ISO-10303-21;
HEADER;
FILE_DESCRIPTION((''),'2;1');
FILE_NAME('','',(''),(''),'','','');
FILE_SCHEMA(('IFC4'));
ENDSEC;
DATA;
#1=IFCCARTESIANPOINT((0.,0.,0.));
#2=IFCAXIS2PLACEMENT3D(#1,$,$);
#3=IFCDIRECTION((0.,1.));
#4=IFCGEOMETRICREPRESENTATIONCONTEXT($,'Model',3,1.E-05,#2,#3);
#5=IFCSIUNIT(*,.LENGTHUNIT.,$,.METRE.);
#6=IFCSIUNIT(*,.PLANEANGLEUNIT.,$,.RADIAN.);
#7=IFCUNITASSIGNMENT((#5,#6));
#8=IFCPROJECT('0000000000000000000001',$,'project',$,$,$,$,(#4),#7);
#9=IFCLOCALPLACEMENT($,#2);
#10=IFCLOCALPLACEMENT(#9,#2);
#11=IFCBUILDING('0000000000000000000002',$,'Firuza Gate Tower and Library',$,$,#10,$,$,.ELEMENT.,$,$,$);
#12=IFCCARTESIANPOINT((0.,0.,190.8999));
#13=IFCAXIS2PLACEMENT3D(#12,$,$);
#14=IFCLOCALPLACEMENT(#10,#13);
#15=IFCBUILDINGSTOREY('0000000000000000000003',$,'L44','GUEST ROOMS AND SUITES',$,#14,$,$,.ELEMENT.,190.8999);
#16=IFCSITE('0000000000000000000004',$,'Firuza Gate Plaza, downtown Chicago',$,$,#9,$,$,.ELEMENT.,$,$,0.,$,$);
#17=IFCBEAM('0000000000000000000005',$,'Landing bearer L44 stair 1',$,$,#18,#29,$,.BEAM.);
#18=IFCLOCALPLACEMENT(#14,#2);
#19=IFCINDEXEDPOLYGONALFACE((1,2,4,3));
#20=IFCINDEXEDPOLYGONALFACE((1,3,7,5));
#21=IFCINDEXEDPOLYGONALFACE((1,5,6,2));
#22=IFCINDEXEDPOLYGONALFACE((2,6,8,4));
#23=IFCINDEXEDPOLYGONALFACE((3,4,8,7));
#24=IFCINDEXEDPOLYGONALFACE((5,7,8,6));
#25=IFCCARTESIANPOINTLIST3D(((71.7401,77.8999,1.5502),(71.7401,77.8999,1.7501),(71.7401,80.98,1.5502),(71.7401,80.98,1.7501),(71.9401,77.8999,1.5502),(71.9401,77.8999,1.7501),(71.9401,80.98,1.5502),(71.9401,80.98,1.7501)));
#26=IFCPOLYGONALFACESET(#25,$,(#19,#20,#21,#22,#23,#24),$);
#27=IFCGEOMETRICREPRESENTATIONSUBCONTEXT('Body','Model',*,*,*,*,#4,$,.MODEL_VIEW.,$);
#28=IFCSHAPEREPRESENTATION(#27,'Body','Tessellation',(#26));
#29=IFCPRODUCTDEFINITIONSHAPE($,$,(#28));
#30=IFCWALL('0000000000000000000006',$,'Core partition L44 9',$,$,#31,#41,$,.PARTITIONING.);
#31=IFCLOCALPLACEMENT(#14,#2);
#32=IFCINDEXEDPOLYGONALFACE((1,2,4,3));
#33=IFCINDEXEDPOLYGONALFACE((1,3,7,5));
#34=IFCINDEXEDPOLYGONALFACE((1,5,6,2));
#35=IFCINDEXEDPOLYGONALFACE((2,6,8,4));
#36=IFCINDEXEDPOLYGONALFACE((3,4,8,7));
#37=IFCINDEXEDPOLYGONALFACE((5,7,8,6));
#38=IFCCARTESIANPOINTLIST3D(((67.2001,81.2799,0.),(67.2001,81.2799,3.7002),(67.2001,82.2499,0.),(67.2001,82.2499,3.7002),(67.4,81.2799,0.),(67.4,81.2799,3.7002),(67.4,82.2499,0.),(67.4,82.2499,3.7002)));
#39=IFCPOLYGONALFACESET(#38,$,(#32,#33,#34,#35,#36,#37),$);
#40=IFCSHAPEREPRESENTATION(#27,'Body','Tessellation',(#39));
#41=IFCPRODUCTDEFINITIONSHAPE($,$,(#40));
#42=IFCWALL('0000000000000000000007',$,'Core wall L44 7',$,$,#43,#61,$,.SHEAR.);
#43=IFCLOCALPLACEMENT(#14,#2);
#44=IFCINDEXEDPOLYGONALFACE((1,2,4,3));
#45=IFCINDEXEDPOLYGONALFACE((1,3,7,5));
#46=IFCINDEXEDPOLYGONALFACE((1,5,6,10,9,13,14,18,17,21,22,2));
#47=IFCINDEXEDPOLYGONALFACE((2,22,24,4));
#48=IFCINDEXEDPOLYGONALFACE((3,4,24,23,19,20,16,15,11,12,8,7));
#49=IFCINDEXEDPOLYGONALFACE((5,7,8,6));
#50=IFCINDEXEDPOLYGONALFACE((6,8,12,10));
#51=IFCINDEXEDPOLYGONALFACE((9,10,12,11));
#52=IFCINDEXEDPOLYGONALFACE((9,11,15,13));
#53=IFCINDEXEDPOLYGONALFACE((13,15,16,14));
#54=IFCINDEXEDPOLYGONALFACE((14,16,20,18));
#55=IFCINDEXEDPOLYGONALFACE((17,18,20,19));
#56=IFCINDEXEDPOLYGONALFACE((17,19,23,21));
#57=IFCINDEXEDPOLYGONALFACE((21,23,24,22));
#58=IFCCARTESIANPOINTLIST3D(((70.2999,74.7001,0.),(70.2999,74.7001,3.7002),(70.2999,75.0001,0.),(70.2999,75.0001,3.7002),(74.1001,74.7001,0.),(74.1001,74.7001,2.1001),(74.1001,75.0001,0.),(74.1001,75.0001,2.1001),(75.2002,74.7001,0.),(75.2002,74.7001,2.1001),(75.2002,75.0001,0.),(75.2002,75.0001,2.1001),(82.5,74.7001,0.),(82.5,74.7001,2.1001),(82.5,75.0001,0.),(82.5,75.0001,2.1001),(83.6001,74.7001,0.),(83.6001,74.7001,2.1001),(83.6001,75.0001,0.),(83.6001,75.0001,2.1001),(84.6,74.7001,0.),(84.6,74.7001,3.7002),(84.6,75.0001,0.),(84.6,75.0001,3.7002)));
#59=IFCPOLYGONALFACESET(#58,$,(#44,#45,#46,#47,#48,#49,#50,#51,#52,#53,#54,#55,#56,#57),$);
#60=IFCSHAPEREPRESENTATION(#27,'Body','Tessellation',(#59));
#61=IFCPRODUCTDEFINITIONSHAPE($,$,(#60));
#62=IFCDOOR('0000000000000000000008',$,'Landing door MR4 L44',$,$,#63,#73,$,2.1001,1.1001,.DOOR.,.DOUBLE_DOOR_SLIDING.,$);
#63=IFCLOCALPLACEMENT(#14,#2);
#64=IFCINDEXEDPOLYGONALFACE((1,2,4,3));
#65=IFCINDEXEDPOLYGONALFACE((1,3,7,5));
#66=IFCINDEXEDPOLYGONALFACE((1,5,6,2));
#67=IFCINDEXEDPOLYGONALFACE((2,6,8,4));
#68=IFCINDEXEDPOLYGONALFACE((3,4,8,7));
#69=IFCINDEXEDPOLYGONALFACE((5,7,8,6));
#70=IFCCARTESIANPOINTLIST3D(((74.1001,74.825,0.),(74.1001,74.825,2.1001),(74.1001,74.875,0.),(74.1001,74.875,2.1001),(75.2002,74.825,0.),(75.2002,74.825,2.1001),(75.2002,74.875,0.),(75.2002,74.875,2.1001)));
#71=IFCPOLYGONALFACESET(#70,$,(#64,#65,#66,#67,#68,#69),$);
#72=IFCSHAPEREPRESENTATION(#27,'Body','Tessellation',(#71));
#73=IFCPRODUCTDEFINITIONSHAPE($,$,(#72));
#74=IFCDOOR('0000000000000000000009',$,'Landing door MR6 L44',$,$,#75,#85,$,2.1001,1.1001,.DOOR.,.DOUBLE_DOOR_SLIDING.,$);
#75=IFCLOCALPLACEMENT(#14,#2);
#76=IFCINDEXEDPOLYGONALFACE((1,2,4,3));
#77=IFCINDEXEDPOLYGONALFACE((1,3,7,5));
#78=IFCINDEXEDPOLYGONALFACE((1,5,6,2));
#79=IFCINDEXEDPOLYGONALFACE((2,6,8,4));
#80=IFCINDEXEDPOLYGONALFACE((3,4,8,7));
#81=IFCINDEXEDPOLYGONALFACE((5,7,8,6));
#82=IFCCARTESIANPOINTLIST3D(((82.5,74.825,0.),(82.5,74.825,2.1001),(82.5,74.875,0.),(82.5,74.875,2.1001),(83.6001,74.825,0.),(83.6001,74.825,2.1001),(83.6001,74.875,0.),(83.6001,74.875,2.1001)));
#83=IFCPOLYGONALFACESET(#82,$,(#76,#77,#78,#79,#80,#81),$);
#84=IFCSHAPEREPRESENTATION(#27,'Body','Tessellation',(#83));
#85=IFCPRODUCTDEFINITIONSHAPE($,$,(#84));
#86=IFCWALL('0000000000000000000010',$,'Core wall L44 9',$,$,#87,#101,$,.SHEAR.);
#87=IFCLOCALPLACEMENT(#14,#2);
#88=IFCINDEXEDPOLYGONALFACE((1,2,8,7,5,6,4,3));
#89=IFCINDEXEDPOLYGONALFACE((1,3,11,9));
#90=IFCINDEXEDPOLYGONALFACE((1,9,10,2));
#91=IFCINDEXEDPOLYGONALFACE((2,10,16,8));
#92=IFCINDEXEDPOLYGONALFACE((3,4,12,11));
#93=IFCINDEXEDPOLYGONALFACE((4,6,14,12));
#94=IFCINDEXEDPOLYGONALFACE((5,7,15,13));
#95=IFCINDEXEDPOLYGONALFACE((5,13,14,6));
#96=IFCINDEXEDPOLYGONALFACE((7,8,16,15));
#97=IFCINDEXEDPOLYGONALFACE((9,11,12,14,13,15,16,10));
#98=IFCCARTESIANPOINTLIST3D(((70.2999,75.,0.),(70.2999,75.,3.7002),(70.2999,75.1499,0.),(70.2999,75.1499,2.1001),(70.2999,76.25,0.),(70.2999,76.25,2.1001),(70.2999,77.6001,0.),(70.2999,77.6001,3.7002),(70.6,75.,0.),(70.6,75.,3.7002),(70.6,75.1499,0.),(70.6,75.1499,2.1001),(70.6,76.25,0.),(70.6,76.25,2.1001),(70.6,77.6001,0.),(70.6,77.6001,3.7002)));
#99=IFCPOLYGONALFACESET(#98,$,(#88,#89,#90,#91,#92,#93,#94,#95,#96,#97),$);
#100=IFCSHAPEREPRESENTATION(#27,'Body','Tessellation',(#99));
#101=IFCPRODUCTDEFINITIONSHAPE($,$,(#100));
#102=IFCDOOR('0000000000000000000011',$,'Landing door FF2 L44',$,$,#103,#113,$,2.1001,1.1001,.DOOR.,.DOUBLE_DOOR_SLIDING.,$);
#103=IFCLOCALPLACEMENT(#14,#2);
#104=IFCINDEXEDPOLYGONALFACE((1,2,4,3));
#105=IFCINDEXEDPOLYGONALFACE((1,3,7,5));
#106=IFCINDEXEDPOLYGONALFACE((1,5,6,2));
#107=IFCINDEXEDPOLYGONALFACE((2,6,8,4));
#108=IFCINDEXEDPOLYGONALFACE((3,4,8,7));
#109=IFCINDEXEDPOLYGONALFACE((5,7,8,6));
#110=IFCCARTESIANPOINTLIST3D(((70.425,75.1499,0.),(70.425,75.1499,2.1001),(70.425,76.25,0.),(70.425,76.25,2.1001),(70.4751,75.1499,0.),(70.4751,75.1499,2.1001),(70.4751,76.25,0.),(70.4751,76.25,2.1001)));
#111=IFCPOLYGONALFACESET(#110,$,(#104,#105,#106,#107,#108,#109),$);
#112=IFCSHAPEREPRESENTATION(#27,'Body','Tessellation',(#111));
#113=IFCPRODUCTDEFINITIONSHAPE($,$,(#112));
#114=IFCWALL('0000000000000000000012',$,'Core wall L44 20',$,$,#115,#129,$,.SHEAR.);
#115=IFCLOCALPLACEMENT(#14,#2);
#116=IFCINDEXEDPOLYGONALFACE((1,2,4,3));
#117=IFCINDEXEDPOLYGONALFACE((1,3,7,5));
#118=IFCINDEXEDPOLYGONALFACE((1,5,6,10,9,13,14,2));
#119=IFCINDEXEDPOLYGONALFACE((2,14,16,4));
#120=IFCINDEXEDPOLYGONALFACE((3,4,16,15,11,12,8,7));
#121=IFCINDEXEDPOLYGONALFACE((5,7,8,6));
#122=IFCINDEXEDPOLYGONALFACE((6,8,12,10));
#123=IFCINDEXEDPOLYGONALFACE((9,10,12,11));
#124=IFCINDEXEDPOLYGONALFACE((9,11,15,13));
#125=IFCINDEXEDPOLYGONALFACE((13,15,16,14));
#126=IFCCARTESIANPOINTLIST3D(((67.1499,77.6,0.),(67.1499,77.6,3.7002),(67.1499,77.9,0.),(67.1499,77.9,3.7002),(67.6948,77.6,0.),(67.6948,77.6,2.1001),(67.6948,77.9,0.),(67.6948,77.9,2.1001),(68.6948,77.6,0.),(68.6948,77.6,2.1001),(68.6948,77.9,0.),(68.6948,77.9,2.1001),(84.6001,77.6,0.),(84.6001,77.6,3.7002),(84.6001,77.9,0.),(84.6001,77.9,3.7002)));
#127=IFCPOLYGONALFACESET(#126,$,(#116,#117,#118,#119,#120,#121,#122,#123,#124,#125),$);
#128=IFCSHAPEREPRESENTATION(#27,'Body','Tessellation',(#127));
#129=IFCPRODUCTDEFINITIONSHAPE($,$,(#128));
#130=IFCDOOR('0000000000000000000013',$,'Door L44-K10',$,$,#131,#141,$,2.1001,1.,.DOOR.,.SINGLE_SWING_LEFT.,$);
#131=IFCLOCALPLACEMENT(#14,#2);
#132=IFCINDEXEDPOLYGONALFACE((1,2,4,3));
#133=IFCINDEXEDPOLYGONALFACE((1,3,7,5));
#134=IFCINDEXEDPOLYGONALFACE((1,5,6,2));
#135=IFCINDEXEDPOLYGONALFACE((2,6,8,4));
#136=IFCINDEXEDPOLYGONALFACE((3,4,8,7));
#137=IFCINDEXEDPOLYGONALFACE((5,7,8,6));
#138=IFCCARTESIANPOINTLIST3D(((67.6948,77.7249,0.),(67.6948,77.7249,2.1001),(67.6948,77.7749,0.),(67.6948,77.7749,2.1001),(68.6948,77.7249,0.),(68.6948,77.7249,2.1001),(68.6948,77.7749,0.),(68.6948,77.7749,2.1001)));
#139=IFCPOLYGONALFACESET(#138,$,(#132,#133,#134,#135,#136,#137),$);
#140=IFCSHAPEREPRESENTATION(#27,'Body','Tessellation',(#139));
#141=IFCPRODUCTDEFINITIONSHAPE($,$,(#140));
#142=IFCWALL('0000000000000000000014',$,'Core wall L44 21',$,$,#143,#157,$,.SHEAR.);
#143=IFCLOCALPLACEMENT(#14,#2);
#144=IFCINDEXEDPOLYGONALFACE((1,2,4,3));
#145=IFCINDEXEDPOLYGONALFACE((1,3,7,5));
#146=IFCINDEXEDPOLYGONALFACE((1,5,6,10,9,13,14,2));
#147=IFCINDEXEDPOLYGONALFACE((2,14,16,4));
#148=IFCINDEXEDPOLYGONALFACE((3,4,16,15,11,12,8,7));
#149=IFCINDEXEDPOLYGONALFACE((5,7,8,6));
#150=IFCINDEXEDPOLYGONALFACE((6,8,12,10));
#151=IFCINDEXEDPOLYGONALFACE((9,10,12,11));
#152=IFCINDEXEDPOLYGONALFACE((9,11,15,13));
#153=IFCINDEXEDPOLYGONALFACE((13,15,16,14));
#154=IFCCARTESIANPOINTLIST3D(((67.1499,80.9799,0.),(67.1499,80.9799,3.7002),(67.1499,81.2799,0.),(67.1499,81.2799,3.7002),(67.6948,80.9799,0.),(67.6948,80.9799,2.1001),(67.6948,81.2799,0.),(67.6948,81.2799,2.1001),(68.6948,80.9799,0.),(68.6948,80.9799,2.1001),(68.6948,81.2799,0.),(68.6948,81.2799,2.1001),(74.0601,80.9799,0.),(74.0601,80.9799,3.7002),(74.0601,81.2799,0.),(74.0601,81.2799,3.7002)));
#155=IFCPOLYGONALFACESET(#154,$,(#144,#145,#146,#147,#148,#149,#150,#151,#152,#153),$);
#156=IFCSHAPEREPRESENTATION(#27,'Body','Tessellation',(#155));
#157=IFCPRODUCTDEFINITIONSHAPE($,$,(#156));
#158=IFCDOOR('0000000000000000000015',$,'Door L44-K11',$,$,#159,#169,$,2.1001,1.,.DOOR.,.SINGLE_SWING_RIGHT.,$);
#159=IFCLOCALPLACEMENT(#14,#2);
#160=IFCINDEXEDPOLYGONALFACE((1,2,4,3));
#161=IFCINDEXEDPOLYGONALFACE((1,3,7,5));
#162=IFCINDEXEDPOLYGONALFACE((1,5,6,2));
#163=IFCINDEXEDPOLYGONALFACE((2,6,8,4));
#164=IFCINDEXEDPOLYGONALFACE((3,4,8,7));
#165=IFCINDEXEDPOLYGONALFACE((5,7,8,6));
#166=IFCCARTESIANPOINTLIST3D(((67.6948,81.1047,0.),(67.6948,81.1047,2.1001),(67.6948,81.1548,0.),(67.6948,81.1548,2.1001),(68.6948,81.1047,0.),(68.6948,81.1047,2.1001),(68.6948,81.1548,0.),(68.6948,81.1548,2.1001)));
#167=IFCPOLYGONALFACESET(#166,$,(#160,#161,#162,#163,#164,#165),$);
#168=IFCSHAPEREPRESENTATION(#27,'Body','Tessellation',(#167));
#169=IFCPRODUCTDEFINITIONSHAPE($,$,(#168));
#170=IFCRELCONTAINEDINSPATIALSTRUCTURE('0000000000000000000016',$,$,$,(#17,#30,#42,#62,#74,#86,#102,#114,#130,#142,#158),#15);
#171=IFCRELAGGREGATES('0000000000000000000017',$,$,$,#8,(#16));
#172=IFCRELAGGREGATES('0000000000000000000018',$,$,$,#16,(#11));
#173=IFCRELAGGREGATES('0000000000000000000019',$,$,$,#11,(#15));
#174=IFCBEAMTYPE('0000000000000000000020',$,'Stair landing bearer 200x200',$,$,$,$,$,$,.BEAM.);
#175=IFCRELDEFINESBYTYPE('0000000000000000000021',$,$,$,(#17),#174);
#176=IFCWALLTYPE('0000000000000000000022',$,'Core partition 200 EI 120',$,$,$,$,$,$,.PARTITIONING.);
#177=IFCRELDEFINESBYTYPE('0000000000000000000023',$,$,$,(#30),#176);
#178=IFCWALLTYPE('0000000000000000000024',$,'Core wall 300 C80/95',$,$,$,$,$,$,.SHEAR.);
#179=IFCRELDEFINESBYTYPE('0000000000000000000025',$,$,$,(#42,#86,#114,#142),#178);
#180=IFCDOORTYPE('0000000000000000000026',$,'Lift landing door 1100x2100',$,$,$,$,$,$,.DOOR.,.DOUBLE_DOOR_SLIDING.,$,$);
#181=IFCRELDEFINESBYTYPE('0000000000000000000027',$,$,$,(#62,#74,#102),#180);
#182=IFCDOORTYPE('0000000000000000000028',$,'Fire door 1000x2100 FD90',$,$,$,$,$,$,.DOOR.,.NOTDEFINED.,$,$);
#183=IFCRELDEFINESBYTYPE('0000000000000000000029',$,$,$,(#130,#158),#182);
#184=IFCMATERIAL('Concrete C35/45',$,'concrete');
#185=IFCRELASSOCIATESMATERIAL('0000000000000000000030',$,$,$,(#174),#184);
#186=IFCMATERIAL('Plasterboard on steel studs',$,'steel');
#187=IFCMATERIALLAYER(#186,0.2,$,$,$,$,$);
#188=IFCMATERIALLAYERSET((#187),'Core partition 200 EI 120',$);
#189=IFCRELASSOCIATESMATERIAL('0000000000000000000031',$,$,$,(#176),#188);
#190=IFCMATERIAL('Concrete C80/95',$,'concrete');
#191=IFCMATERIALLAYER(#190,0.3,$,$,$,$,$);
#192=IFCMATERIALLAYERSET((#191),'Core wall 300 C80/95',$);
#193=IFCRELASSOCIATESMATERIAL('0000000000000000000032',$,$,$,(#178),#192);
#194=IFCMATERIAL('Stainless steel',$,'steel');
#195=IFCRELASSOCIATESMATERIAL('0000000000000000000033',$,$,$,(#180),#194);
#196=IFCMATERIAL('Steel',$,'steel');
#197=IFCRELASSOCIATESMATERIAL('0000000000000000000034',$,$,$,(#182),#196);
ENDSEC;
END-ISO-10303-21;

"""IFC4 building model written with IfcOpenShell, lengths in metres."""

from ifc_helpers import new_model, si_unit, direction, frame, frame_2d, origin, origin_2d, place, context, subcontext, project, spatial, rectangle, extrude, material, layer, layer_set, material_profile, profile_set, type_object, element, fill, save


model = new_model("IFC4")

# Units and contexts
model_context = context("Model", 3, precision=1e-05, world=origin(), true_north=direction((0.0, 1.0)))
body_context = subcontext(model_context, "Body", "Model", "MODEL_VIEW")
ifc_project = project(units=[si_unit("LENGTHUNIT", "METRE"), si_unit("PLANEANGLEUNIT", "RADIAN")], contexts=[model_context])

# Site, building, storey
site_placement = place(None, origin())
site = spatial("IfcSite", under=ifc_project, at=site_placement, Name="Firuza Gate Plaza, downtown Chicago", CompositionType="ELEMENT", RefElevation=0.0)
building_placement = place(site_placement, origin())
building = spatial("IfcBuilding", under=site, at=building_placement, Name="Firuza Gate Tower and Library", CompositionType="ELEMENT")
storey_placement = place(building_placement, frame((0.0, 0.0, 190.8999)))
storey = spatial("IfcBuildingStorey", under=building, at=storey_placement, Name="L44", Description="GUEST ROOMS AND SUITES", CompositionType="ELEMENT", Elevation=190.8999)

# Beam
ifc_material_1 = material(Name="Concrete C35/45", Category="concrete")
ifc_material_profile = material_profile(ifc_material_1, rectangle(XDim=0.2, YDim=0.2, at=origin_2d()))
ifc_profile_set = profile_set([ifc_material_profile], Name="Concrete C35/45")
beam_type = type_object("IfcBeamType", Name="Stair landing bearer 200x200", PredefinedType="BEAM", material=ifc_profile_set)
beam_placement = place(storey_placement, frame((71.8401, 77.8999, 1.6501), z_axis=(0.0, 1.0, 0.0), x_axis=(-1.0, 0.0, 0.0)))
element("IfcBeam", 1, at=beam_placement, inside=storey, type_object=beam_type, Name="Landing bearer L44 stair 1", PredefinedType="BEAM", context=body_context, shape_type="SweptSolid", body=[
    extrude(rectangle(XDim=0.2, YDim=0.2, at=origin_2d()), origin(), (0.0, 0.0, 1.0), 3.0801),
])

# Wall
ifc_material_2 = material(Name="Plasterboard on steel studs", Category="steel")
ifc_layer_1 = layer(ifc_material_2, 0.2)
ifc_layer_set_1 = layer_set([ifc_layer_1], Name="Core partition 200 EI 120")
wall_type_1 = type_object("IfcWallType", Name="Core partition 200 EI 120", PredefinedType="PARTITIONING", material=ifc_layer_set_1)
wall_1_placement = place(storey_placement, frame((67.3, 81.28, 0.0), z_axis=(0.0, 0.0, 1.0), x_axis=(0.0, 1.0, 0.0)))
element("IfcWall", 2, at=wall_1_placement, inside=storey, type_object=wall_type_1, Name="Core partition L44 9", PredefinedType="PARTITIONING", context=body_context, shape_type="SweptSolid", body=[
    extrude(rectangle(XDim=0.97, YDim=0.2, at=frame_2d((0.4849, 0.0))), origin(), (0.0, 0.0, 1.0), 3.7002),
])

# Wall, openings, doors
ifc_material_3 = material(Name="Concrete C80/95", Category="concrete")
ifc_layer_2 = layer(ifc_material_3, 0.3)
ifc_layer_set_2 = layer_set([ifc_layer_2], Name="Core wall 300 C80/95")
wall_type_2 = type_object("IfcWallType", Name="Core wall 300 C80/95", PredefinedType="SHEAR", material=ifc_layer_set_2)
wall_2_placement = place(storey_placement, frame((70.3, 74.8501, 0.0), z_axis=(0.0, 0.0, 1.0), x_axis=(1.0, 0.0, 0.0)))
wall_2 = element("IfcWall", 3, at=wall_2_placement, inside=storey, type_object=wall_type_2, Name="Core wall L44 7", PredefinedType="SHEAR", context=body_context, shape_type="SweptSolid", body=[
    extrude(rectangle(XDim=14.3, YDim=0.3, at=frame_2d((7.1499, 0.0))), origin(), (0.0, 0.0, 1.0), 3.7002),
])
opening_1_placement = place(wall_2_placement, frame((3.8, 0.0, 0.0)))
opening_1 = element("IfcOpeningElement", 4, at=opening_1_placement, cuts=wall_2, PredefinedType="OPENING", context=body_context, shape_type="SweptSolid", body=[
    extrude(rectangle(XDim=1.1001, YDim=2.1001, at=frame_2d((0.55, 1.05))), frame((0.0, 0.1602, 0.0), z_axis=(0.0, -1.0, 0.0), x_axis=(1.0, 0.0, 0.0)), (0.0, 0.0, 1.0), 0.3201),
])
opening_2_placement = place(wall_2_placement, frame((12.2, 0.0, 0.0)))
opening_2 = element("IfcOpeningElement", 5, at=opening_2_placement, cuts=wall_2, PredefinedType="OPENING", context=body_context, shape_type="SweptSolid", body=[
    extrude(rectangle(XDim=1.1001, YDim=2.1001, at=frame_2d((0.55, 1.05))), frame((0.0, 0.1602, 0.0), z_axis=(0.0, -1.0, 0.0), x_axis=(1.0, 0.0, 0.0)), (0.0, 0.0, 1.0), 0.3201),
])
ifc_material_4 = material(Name="Stainless steel", Category="steel")
door_type_1 = type_object("IfcDoorType", Name="Lift landing door 1100x2100", OperationType="DOUBLE_DOOR_SLIDING", PredefinedType="DOOR", material=ifc_material_4)
door_1_placement = place(opening_1_placement, origin())
door_1 = element("IfcDoor", 6, at=door_1_placement, inside=storey, type_object=door_type_1, Name="Landing door MR4 L44", OperationType="DOUBLE_DOOR_SLIDING", OverallHeight=2.1001, OverallWidth=1.1001, PredefinedType="DOOR", context=body_context, shape_type="SweptSolid", body=[
    extrude(rectangle(XDim=1.1001, YDim=2.1001, at=frame_2d((0.55, 1.05))), frame((0.0, 0.0249, 0.0), z_axis=(0.0, -1.0, 0.0), x_axis=(1.0, 0.0, 0.0)), (0.0, 0.0, 1.0), 0.05),
])
fill(opening_1, door_1)
door_2_placement = place(opening_2_placement, origin())
door_2 = element("IfcDoor", 7, at=door_2_placement, inside=storey, type_object=door_type_1, Name="Landing door MR6 L44", OperationType="DOUBLE_DOOR_SLIDING", OverallHeight=2.1001, OverallWidth=1.1001, PredefinedType="DOOR", context=body_context, shape_type="SweptSolid", body=[
    extrude(rectangle(XDim=1.1001, YDim=2.1001, at=frame_2d((0.55, 1.05))), frame((0.0, 0.0249, 0.0), z_axis=(0.0, -1.0, 0.0), x_axis=(1.0, 0.0, 0.0)), (0.0, 0.0, 1.0), 0.05),
])
fill(opening_2, door_2)

# Walls, openings, doors
wall_3_placement = place(storey_placement, frame((70.45, 75.0, 0.0), z_axis=(0.0, 0.0, 1.0), x_axis=(0.0, 1.0, 0.0)))
wall_3 = element("IfcWall", 8, at=wall_3_placement, inside=storey, type_object=wall_type_2, Name="Core wall L44 9", PredefinedType="SHEAR", context=body_context, shape_type="SweptSolid", body=[
    extrude(rectangle(XDim=2.6001, YDim=0.3, at=frame_2d((1.3, 0.0))), origin(), (0.0, 0.0, 1.0), 3.7002),
])
opening_3_placement = place(wall_3_placement, frame((0.1499, 0.0, 0.0)))
opening_3 = element("IfcOpeningElement", 9, at=opening_3_placement, cuts=wall_3, PredefinedType="OPENING", context=body_context, shape_type="SweptSolid", body=[
    extrude(rectangle(XDim=1.1001, YDim=2.1001, at=frame_2d((0.55, 1.05))), frame((0.0, 0.1602, 0.0), z_axis=(0.0, -1.0, 0.0), x_axis=(1.0, 0.0, 0.0)), (0.0, 0.0, 1.0), 0.3201),
])
door_3_placement = place(opening_3_placement, origin())
door_3 = element("IfcDoor", 10, at=door_3_placement, inside=storey, type_object=door_type_1, Name="Landing door FF2 L44", OperationType="DOUBLE_DOOR_SLIDING", OverallHeight=2.1001, OverallWidth=1.1001, PredefinedType="DOOR", context=body_context, shape_type="SweptSolid", body=[
    extrude(rectangle(XDim=1.1001, YDim=2.1001, at=frame_2d((0.55, 1.05))), frame((0.0, 0.0249, 0.0), z_axis=(0.0, -1.0, 0.0), x_axis=(1.0, 0.0, 0.0)), (0.0, 0.0, 1.0), 0.05),
])
fill(opening_3, door_3)
wall_4_placement = place(storey_placement, frame((67.1499, 77.75, 0.0), z_axis=(0.0, 0.0, 1.0), x_axis=(1.0, 0.0, 0.0)))
wall_4 = element("IfcWall", 11, at=wall_4_placement, inside=storey, type_object=wall_type_2, Name="Core wall L44 20", PredefinedType="SHEAR", context=body_context, shape_type="SweptSolid", body=[
    extrude(rectangle(XDim=17.4502, YDim=0.3, at=frame_2d((8.7251, 0.0))), origin(), (0.0, 0.0, 1.0), 3.7002),
])
opening_4_placement = place(wall_4_placement, frame((0.5449, 0.0, 0.0)))
opening_4 = element("IfcOpeningElement", 12, at=opening_4_placement, cuts=wall_4, PredefinedType="OPENING", context=body_context, shape_type="SweptSolid", body=[
    extrude(rectangle(XDim=1.0, YDim=2.1001, at=frame_2d((0.5, 1.05))), frame((0.0, 0.1602, 0.0), z_axis=(0.0, -1.0, 0.0), x_axis=(1.0, 0.0, 0.0)), (0.0, 0.0, 1.0), 0.3201),
])
ifc_material_5 = material(Name="Steel", Category="steel")
door_type_2 = type_object("IfcDoorType", Name="Fire door 1000x2100 FD90", OperationType="NOTDEFINED", PredefinedType="DOOR", material=ifc_material_5)
door_4_placement = place(opening_4_placement, origin())
door_4 = element("IfcDoor", 13, at=door_4_placement, inside=storey, type_object=door_type_2, Name="Door L44-K10", OperationType="SINGLE_SWING_LEFT", OverallHeight=2.1001, OverallWidth=1.0, PredefinedType="DOOR", context=body_context, shape_type="SweptSolid", body=[
    extrude(rectangle(XDim=1.0, YDim=2.1001, at=frame_2d((0.5, 1.05))), frame((0.0, 0.0249, 0.0), z_axis=(0.0, -1.0, 0.0), x_axis=(1.0, 0.0, 0.0)), (0.0, 0.0, 1.0), 0.05),
])
fill(opening_4, door_4)
wall_5_placement = place(storey_placement, frame((67.1499, 81.1299, 0.0), z_axis=(0.0, 0.0, 1.0), x_axis=(1.0, 0.0, 0.0)))
wall_5 = element("IfcWall", 14, at=wall_5_placement, inside=storey, type_object=wall_type_2, Name="Core wall L44 21", PredefinedType="SHEAR", context=body_context, shape_type="SweptSolid", body=[
    extrude(rectangle(XDim=6.9102, YDim=0.3, at=frame_2d((3.4551, 0.0))), origin(), (0.0, 0.0, 1.0), 3.7002),
])
opening_5_placement = place(wall_5_placement, frame((0.5449, 0.0, 0.0)))
opening_5 = element("IfcOpeningElement", 15, at=opening_5_placement, cuts=wall_5, PredefinedType="OPENING", context=body_context, shape_type="SweptSolid", body=[
    extrude(rectangle(XDim=1.0, YDim=2.1001, at=frame_2d((0.5, 1.05))), frame((0.0, 0.1602, 0.0), z_axis=(0.0, -1.0, 0.0), x_axis=(1.0, 0.0, 0.0)), (0.0, 0.0, 1.0), 0.3201),
])
door_5_placement = place(opening_5_placement, origin())
door_5 = element("IfcDoor", 16, at=door_5_placement, inside=storey, type_object=door_type_2, Name="Door L44-K11", OperationType="SINGLE_SWING_RIGHT", OverallHeight=2.1001, OverallWidth=1.0, PredefinedType="DOOR", context=body_context, shape_type="SweptSolid", body=[
    extrude(rectangle(XDim=1.0, YDim=2.1001, at=frame_2d((0.5, 1.05))), frame((0.0, 0.0249, 0.0), z_axis=(0.0, -1.0, 0.0), x_axis=(1.0, 0.0, 0.0)), (0.0, 0.0, 1.0), 0.05),
])
fill(opening_5, door_5)

save(model, "model.ifc")
